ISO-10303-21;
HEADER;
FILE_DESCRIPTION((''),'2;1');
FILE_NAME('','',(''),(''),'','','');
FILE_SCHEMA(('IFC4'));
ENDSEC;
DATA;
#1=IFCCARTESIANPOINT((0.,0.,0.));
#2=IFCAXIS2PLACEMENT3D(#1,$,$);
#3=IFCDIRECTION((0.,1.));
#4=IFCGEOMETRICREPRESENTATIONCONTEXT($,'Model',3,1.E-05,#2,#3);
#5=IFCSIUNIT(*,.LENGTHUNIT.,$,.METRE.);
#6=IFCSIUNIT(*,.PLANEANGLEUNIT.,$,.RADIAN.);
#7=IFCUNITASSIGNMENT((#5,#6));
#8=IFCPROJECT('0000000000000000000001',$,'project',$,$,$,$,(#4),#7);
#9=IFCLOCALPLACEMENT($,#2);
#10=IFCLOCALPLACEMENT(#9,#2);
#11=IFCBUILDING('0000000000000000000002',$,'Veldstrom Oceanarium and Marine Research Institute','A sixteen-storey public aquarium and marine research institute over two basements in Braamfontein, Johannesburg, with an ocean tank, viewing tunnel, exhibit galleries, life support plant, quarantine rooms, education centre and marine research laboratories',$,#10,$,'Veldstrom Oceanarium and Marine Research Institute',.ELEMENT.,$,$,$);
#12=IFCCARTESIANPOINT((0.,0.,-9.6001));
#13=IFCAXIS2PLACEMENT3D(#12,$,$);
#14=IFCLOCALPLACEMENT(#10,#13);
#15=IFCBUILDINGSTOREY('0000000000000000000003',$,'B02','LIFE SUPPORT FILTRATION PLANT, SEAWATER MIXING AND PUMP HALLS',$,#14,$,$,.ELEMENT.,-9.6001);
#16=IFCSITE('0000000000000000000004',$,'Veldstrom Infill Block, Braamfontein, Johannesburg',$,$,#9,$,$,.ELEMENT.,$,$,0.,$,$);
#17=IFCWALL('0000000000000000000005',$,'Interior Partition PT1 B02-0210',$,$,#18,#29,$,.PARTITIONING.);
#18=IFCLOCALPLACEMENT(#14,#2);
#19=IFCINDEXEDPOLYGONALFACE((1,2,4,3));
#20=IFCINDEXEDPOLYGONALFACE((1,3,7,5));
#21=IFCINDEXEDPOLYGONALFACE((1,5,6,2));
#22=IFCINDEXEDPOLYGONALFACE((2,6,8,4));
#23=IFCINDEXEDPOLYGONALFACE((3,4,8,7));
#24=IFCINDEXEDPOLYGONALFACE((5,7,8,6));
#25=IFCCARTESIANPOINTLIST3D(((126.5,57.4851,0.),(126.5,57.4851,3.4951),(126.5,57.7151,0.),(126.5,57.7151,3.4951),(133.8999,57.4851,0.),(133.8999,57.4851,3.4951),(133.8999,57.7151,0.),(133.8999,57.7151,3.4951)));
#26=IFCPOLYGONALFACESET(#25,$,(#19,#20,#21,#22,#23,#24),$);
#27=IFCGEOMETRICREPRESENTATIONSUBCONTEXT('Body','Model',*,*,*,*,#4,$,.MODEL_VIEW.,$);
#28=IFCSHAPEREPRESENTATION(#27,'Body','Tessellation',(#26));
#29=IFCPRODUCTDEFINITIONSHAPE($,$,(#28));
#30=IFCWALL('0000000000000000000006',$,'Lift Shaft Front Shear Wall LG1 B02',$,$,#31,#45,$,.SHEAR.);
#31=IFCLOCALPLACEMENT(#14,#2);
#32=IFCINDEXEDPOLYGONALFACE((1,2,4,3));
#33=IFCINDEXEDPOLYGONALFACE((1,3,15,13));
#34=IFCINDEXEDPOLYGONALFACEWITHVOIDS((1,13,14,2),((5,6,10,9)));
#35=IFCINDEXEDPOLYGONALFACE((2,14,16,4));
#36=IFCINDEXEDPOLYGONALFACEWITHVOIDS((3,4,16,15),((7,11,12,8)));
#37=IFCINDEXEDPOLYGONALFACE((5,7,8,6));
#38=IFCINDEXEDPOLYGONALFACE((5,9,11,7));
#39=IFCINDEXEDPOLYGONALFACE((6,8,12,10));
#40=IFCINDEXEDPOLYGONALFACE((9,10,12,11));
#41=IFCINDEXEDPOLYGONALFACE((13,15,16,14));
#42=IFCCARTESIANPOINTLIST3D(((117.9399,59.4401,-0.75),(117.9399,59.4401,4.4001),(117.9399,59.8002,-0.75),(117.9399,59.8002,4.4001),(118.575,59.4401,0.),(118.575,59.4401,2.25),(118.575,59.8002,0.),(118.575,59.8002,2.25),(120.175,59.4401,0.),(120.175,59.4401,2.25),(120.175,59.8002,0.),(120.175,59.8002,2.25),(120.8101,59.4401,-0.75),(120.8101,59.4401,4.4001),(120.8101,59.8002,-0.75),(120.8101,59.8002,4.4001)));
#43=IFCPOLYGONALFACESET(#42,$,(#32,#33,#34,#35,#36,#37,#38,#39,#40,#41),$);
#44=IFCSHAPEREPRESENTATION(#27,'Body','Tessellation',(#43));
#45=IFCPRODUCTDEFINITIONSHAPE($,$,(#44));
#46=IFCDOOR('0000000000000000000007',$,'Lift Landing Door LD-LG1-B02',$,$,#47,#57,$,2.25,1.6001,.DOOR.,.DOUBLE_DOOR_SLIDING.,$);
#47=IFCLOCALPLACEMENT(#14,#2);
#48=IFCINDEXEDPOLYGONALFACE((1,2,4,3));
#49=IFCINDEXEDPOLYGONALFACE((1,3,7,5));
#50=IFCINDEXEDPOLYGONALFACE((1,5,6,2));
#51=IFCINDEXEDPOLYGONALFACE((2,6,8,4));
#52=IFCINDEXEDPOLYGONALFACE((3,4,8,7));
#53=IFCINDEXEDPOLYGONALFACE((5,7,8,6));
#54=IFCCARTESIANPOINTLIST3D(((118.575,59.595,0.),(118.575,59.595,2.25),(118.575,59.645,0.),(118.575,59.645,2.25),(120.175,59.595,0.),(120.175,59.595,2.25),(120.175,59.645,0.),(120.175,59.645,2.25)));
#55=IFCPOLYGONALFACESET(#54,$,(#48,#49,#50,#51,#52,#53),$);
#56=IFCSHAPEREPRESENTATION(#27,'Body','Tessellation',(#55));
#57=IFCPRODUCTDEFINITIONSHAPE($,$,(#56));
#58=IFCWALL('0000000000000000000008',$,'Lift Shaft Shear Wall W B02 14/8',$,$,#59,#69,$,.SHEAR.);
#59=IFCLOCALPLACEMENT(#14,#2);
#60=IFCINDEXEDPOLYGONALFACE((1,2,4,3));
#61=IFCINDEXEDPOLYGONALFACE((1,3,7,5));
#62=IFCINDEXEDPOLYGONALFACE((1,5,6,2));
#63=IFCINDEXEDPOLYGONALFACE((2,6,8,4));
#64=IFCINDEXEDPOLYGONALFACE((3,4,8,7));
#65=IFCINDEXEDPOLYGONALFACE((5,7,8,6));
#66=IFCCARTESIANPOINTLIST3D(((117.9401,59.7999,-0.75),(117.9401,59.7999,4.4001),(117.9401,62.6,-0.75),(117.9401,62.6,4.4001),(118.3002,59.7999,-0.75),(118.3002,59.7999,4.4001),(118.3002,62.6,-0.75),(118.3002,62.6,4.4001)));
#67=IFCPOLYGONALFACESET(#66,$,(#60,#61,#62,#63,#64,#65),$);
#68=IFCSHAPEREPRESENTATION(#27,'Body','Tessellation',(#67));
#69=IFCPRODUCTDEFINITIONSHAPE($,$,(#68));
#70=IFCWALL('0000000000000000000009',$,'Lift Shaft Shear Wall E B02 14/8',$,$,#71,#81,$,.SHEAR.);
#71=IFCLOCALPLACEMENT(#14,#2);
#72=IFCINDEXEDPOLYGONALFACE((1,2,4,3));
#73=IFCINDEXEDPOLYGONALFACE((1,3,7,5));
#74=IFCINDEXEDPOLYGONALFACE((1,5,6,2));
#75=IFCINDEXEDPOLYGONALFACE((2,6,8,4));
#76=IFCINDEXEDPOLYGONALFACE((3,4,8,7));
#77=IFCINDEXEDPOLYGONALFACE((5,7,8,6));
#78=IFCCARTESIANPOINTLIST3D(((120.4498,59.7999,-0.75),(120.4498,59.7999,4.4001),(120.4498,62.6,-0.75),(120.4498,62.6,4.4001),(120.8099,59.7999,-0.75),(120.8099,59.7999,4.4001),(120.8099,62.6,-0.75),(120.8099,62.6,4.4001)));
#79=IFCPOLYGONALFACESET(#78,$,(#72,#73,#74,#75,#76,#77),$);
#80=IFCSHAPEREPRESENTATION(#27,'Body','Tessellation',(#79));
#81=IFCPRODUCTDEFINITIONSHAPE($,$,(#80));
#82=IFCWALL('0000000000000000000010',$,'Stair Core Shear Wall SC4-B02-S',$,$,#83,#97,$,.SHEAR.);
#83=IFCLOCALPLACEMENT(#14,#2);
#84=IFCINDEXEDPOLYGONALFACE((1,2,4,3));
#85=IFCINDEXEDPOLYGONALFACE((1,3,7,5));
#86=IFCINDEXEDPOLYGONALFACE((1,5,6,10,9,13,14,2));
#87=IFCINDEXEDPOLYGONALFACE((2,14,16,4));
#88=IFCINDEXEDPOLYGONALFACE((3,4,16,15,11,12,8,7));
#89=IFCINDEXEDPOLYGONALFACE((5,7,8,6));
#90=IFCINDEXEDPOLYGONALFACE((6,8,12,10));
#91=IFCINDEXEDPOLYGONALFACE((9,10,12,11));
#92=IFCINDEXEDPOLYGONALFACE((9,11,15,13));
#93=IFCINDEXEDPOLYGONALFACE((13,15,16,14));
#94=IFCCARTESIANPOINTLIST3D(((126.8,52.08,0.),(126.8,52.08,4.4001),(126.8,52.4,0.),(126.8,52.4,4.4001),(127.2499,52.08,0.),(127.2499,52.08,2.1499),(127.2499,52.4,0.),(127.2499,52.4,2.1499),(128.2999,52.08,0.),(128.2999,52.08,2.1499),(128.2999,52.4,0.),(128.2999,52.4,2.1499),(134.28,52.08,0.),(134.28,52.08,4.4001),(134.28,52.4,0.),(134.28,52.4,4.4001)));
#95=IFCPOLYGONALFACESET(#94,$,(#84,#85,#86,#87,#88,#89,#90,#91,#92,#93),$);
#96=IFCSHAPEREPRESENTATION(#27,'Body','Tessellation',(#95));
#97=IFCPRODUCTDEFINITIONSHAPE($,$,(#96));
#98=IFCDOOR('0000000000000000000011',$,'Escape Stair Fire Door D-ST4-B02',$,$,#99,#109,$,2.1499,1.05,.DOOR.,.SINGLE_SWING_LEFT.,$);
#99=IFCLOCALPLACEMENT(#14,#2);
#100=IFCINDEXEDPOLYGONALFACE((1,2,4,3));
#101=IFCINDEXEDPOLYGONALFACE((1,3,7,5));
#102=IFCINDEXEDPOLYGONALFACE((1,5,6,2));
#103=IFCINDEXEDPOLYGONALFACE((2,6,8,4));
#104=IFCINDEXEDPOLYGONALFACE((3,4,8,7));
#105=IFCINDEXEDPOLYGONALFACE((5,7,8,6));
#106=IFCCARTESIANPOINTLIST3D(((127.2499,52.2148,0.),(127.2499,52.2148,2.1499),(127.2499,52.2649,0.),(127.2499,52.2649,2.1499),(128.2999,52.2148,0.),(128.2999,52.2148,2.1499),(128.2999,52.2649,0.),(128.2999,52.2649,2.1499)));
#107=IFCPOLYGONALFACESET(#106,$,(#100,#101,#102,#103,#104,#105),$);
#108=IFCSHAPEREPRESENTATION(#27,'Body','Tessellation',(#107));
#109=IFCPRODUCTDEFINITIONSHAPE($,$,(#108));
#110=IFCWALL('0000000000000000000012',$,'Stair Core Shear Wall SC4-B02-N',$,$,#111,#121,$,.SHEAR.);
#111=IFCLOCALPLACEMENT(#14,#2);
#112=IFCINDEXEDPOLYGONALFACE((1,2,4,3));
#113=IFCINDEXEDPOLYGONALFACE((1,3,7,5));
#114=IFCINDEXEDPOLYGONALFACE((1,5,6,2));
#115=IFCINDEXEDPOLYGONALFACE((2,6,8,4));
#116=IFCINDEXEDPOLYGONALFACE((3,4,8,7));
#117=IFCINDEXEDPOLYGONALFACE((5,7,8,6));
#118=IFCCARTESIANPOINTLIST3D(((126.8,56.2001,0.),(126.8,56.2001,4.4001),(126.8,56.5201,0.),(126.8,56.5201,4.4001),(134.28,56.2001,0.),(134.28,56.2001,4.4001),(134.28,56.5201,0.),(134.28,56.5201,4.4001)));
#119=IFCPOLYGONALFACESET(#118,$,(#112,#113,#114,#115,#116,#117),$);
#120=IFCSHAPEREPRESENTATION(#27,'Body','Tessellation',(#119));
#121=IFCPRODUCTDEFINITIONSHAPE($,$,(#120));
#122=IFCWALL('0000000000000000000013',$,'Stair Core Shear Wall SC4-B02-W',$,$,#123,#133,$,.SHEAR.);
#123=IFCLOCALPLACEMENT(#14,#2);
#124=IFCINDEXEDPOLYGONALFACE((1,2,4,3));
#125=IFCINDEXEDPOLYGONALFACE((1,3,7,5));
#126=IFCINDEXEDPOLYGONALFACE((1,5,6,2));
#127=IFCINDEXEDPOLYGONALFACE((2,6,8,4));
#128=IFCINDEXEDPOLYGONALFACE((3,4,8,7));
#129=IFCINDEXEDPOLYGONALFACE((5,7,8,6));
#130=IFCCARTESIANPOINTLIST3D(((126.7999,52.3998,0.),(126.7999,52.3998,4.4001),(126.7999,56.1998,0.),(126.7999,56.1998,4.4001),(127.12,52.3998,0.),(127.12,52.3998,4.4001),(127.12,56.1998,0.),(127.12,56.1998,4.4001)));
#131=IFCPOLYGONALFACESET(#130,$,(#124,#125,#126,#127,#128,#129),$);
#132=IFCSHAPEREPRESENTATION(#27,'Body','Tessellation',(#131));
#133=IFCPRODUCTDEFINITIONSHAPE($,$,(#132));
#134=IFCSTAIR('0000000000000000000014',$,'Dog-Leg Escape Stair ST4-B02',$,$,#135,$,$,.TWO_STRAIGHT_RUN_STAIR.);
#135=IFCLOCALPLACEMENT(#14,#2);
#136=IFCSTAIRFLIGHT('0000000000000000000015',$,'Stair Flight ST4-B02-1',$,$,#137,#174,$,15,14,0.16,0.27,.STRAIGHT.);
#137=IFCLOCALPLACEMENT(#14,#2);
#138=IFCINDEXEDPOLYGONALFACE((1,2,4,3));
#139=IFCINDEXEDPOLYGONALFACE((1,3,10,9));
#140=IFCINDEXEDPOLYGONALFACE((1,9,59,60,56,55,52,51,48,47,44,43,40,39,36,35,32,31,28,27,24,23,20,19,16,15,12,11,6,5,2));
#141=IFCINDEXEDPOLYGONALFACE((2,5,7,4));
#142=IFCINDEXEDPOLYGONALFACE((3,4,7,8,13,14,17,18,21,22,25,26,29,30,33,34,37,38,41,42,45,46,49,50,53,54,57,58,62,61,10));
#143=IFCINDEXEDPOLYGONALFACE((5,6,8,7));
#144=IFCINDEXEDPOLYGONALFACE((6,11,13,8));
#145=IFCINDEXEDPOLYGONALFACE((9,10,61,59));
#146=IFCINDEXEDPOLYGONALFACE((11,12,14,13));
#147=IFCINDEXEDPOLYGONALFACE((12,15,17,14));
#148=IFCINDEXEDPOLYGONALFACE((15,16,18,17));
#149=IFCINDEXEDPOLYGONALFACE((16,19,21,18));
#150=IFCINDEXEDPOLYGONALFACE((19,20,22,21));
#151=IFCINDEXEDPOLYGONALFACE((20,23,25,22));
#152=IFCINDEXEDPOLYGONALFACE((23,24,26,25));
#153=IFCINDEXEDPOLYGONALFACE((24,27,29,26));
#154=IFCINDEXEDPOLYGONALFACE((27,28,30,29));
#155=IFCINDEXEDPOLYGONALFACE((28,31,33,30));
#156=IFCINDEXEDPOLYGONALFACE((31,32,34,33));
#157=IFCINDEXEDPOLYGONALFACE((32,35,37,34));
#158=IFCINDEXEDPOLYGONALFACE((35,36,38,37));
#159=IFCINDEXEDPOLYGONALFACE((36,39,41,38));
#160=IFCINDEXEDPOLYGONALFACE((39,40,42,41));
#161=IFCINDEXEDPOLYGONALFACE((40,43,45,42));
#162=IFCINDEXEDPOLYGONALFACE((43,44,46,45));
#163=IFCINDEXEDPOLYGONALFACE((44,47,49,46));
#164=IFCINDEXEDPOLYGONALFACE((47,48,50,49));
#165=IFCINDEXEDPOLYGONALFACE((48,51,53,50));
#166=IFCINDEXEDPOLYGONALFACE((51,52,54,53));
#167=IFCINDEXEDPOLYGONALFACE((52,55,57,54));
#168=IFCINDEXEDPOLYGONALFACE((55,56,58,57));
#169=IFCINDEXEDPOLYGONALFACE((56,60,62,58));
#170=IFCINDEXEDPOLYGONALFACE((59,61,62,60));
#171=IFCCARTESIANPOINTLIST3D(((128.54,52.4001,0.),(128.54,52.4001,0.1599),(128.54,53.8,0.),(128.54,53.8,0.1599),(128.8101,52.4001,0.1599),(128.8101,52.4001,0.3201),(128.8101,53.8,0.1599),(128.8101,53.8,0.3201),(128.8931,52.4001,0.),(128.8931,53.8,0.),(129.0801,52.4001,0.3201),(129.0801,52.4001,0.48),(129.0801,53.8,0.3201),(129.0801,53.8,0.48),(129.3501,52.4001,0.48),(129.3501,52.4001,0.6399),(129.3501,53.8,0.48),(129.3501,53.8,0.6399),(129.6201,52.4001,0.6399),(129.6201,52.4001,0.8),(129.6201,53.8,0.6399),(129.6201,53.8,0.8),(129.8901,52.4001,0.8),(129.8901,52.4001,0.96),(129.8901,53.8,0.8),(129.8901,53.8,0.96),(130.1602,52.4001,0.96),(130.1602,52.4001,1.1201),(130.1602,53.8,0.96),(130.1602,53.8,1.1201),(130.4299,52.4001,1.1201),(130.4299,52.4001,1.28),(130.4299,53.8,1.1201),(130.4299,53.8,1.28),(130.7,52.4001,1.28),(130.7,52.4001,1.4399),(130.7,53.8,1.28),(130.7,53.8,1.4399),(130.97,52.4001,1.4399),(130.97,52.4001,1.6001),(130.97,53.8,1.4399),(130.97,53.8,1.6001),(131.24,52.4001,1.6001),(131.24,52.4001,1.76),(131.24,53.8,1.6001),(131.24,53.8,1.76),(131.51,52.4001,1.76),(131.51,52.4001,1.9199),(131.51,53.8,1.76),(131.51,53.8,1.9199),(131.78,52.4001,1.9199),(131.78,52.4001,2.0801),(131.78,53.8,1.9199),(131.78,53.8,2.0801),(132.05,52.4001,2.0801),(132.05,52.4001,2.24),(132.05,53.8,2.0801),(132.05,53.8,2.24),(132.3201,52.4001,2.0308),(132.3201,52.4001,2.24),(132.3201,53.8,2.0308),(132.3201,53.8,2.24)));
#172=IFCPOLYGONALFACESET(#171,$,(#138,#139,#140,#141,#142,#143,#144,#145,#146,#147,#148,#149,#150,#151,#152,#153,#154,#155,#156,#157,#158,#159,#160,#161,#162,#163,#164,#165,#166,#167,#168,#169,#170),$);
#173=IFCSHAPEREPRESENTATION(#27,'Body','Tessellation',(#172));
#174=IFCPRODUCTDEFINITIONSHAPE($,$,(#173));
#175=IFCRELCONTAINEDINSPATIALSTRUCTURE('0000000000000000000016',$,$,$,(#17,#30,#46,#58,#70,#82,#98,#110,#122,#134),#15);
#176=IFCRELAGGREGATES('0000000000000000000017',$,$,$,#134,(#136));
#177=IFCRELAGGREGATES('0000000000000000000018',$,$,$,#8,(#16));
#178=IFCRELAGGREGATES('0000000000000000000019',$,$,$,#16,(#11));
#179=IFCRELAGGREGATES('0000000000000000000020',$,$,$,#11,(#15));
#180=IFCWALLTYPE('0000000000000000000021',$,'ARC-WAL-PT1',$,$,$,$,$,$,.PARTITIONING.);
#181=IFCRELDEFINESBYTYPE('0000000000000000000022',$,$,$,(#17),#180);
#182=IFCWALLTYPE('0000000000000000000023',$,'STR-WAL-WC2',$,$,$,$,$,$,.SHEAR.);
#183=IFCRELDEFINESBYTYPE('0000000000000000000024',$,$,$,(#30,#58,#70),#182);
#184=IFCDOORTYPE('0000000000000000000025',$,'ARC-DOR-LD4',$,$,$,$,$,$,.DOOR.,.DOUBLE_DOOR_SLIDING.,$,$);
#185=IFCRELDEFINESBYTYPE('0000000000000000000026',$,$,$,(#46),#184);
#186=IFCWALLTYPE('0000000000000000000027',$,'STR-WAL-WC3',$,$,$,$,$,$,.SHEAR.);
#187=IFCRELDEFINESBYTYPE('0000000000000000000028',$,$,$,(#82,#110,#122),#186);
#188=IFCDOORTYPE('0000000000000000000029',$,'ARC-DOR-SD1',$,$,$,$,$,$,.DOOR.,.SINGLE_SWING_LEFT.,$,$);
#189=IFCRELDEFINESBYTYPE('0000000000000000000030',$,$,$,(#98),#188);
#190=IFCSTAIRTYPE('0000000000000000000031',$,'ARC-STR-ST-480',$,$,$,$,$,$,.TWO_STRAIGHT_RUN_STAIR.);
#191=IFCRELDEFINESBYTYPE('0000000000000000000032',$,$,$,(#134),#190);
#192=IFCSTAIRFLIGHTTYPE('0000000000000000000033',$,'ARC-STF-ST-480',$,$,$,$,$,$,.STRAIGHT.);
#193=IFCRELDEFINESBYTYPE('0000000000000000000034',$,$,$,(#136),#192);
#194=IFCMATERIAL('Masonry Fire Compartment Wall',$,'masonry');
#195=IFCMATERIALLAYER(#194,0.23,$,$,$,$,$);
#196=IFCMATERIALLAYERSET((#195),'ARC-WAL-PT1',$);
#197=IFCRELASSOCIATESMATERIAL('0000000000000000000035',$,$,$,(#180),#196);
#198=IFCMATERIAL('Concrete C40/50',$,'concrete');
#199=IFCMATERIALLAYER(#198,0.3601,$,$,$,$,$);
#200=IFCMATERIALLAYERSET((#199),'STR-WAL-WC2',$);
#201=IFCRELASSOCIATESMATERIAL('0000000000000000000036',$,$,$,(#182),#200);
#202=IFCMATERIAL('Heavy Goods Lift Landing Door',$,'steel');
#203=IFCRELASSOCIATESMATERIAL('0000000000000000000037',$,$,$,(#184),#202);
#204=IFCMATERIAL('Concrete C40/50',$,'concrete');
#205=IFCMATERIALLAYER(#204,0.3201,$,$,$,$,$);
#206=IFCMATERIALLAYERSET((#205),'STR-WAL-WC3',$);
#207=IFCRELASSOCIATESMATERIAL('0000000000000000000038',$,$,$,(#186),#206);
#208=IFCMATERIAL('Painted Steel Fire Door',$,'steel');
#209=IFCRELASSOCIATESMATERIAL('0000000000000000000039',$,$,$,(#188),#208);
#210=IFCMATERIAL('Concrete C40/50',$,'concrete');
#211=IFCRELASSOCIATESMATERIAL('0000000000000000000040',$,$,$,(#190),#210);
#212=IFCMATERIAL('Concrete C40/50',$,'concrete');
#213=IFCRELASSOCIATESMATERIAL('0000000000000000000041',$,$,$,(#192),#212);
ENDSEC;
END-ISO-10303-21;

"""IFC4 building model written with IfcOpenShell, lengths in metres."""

from ifc_helpers import new_model, si_unit, direction, frame, frame_2d, origin, place, context, subcontext, project, spatial, polyline, rectangle, outline, extrude, material, layer, layer_set, type_object, element, fill, aggregate, save


model = new_model("IFC4")

# Units and contexts
model_context = context("Model", 3, precision=1e-05, world=origin(), true_north=direction((0.0, 1.0)))
body_context = subcontext(model_context, "Body", "Model", "MODEL_VIEW")
ifc_project = project(units=[si_unit("LENGTHUNIT", "METRE"), si_unit("PLANEANGLEUNIT", "RADIAN")], contexts=[model_context])

# Site, building, storey
site_placement = place(None, origin())
site = spatial("IfcSite", under=ifc_project, at=site_placement, Name="Veldstrom Infill Block, Braamfontein, Johannesburg", CompositionType="ELEMENT", RefElevation=0.0)
building_placement = place(site_placement, origin())
building = spatial("IfcBuilding", under=site, at=building_placement, Name="Veldstrom Oceanarium and Marine Research Institute", Description="A sixteen-storey public aquarium and marine research institute over two basements in Braamfontein, Johannesburg, with an ocean tank, viewing tunnel, exhibit galleries, life support plant, quarantine rooms, education centre and marine research laboratories", LongName="Veldstrom Oceanarium and Marine Research Institute", CompositionType="ELEMENT")
storey_placement = place(building_placement, frame((0.0, 0.0, -9.6001)))
storey = spatial("IfcBuildingStorey", under=building, at=storey_placement, Name="B02", Description="LIFE SUPPORT FILTRATION PLANT, SEAWATER MIXING AND PUMP HALLS", CompositionType="ELEMENT", Elevation=-9.6001)

# Shared definitions
ifc_material_1 = material(Name="Masonry Fire Compartment Wall", Category="masonry")
ifc_layer_1 = layer(ifc_material_1, 0.23)
ifc_layer_set_1 = layer_set([ifc_layer_1], Name="ARC-WAL-PT1")
wall_type_1 = type_object("IfcWallType", Name="ARC-WAL-PT1", PredefinedType="PARTITIONING", material=ifc_layer_set_1)

# Wall
wall_1_placement = place(storey_placement, frame((126.5, 57.6001, 0.0), z_axis=(0.0, 0.0, 1.0), x_axis=(1.0, 0.0, 0.0)))
element("IfcWall", 1, at=wall_1_placement, inside=storey, type_object=wall_type_1, Name="Interior Partition PT1 B02-0210", PredefinedType="PARTITIONING", context=body_context, shape_type="SweptSolid", body=[
    extrude(rectangle(XDim=7.3999, YDim=0.23, at=frame_2d((3.7, 0.0))), origin(), (0.0, 0.0, 1.0), 3.4951),
])

# Wall, opening, door
ifc_material_2 = material(Name="Concrete C40/50", Category="concrete")
ifc_layer_2 = layer(ifc_material_2, 0.3601)
ifc_layer_set_2 = layer_set([ifc_layer_2], Name="STR-WAL-WC2")
wall_type_2 = type_object("IfcWallType", Name="STR-WAL-WC2", PredefinedType="SHEAR", material=ifc_layer_set_2)
wall_2_placement = place(storey_placement, frame((117.9399, 59.6201, -0.75), z_axis=(0.0, 0.0, 1.0), x_axis=(1.0, 0.0, 0.0)))
wall_2 = element("IfcWall", 2, at=wall_2_placement, inside=storey, type_object=wall_type_2, Name="Lift Shaft Front Shear Wall LG1 B02", PredefinedType="SHEAR", context=body_context, shape_type="SweptSolid", body=[
    extrude(rectangle(XDim=2.8701, YDim=0.3601, at=frame_2d((1.4351, 0.0))), origin(), (0.0, 0.0, 1.0), 5.1501),
])
opening_1_placement = place(wall_2_placement, frame((0.635, 0.0, 0.75)))
opening_1 = element("IfcOpeningElement", 3, at=opening_1_placement, cuts=wall_2, PredefinedType="OPENING", context=body_context, shape_type="SweptSolid", body=[
    extrude(rectangle(XDim=1.6001, YDim=2.25, at=frame_2d((0.8, 1.125))), frame((0.0, 0.1899, 0.0), z_axis=(0.0, -1.0, 0.0), x_axis=(1.0, 0.0, 0.0)), (0.0, 0.0, 1.0), 0.3801),
])
ifc_material_3 = material(Name="Heavy Goods Lift Landing Door", Category="steel")
door_type_1 = type_object("IfcDoorType", Name="ARC-DOR-LD4", OperationType="DOUBLE_DOOR_SLIDING", PredefinedType="DOOR", material=ifc_material_3)
door_1_placement = place(opening_1_placement, origin())
door_1 = element("IfcDoor", 4, at=door_1_placement, inside=storey, type_object=door_type_1, Name="Lift Landing Door LD-LG1-B02", OperationType="DOUBLE_DOOR_SLIDING", OverallHeight=2.25, OverallWidth=1.6001, PredefinedType="DOOR", context=body_context, shape_type="SweptSolid", body=[
    extrude(rectangle(XDim=1.6001, YDim=2.25, at=frame_2d((0.8, 1.125))), frame((0.0, 0.0249, 0.0), z_axis=(0.0, -1.0, 0.0), x_axis=(1.0, 0.0, 0.0)), (0.0, 0.0, 1.0), 0.05),
])
fill(opening_1, door_1)

# Walls
for number, where, z_axis, x_axis, name in (
    (5, (118.1201, 59.8, -0.75), (0.0, 0.0, 1.0), (0.0, 1.0, 0.0), "Lift Shaft Shear Wall W B02 14/8"),
    (6, (120.6299, 59.8, -0.75), (0.0, 0.0, 1.0), (0.0, 1.0, 0.0), "Lift Shaft Shear Wall E B02 14/8"),
):
    element("IfcWall", number, at=place(storey_placement, frame(where, z_axis=z_axis, x_axis=x_axis)), inside=storey, type_object=wall_type_2, Name=name, PredefinedType="SHEAR", context=body_context, shape_type="SweptSolid", body=[
        extrude(rectangle(XDim=2.8, YDim=0.3601, at=frame_2d((1.3999, 0.0))), origin(), (0.0, 0.0, 1.0), 5.1501),
    ])

# Wall, opening, door
ifc_material_4 = material(Name="Concrete C40/50", Category="concrete")
ifc_layer_3 = layer(ifc_material_4, 0.3201)
ifc_layer_set_3 = layer_set([ifc_layer_3], Name="STR-WAL-WC3")
wall_type_3 = type_object("IfcWallType", Name="STR-WAL-WC3", PredefinedType="SHEAR", material=ifc_layer_set_3)
wall_3_placement = place(storey_placement, frame((126.8, 52.24, 0.0), z_axis=(0.0, 0.0, 1.0), x_axis=(1.0, 0.0, 0.0)))
wall_3 = element("IfcWall", 7, at=wall_3_placement, inside=storey, type_object=wall_type_3, Name="Stair Core Shear Wall SC4-B02-S", PredefinedType="SHEAR", context=body_context, shape_type="SweptSolid", body=[
    extrude(rectangle(XDim=7.48, YDim=0.3201, at=frame_2d((3.74, 0.0))), origin(), (0.0, 0.0, 1.0), 4.4001),
])
opening_2_placement = place(wall_3_placement, frame((0.45, 0.0, 0.0)))
opening_2 = element("IfcOpeningElement", 8, at=opening_2_placement, cuts=wall_3, PredefinedType="OPENING", context=body_context, shape_type="SweptSolid", body=[
    extrude(rectangle(XDim=1.05, YDim=2.1499, at=frame_2d((0.5249, 1.075))), frame((0.0, 0.1699, 0.0), z_axis=(0.0, -1.0, 0.0), x_axis=(1.0, 0.0, 0.0)), (0.0, 0.0, 1.0), 0.3401),
])
ifc_material_5 = material(Name="Painted Steel Fire Door", Category="steel")
door_type_2 = type_object("IfcDoorType", Name="ARC-DOR-SD1", OperationType="SINGLE_SWING_LEFT", PredefinedType="DOOR", material=ifc_material_5)
door_2_placement = place(opening_2_placement, origin())
door_2 = element("IfcDoor", 9, at=door_2_placement, inside=storey, type_object=door_type_2, Name="Escape Stair Fire Door D-ST4-B02", OperationType="SINGLE_SWING_LEFT", OverallHeight=2.1499, OverallWidth=1.05, PredefinedType="DOOR", context=body_context, shape_type="SweptSolid", body=[
    extrude(rectangle(XDim=1.05, YDim=2.1499, at=frame_2d((0.5249, 1.075))), frame((0.0, 0.0249, 0.0), z_axis=(0.0, -1.0, 0.0), x_axis=(1.0, 0.0, 0.0)), (0.0, 0.0, 1.0), 0.05),
])
fill(opening_2, door_2)

# Walls
wall_4_placement = place(storey_placement, frame((126.8, 56.3601, 0.0), z_axis=(0.0, 0.0, 1.0), x_axis=(1.0, 0.0, 0.0)))
element("IfcWall", 10, at=wall_4_placement, inside=storey, type_object=wall_type_3, Name="Stair Core Shear Wall SC4-B02-N", PredefinedType="SHEAR", context=body_context, shape_type="SweptSolid", body=[
    extrude(rectangle(XDim=7.48, YDim=0.3201, at=frame_2d((3.74, 0.0))), origin(), (0.0, 0.0, 1.0), 4.4001),
])
wall_5_placement = place(storey_placement, frame((126.96, 52.3999, 0.0), z_axis=(0.0, 0.0, 1.0), x_axis=(0.0, 1.0, 0.0)))
element("IfcWall", 11, at=wall_5_placement, inside=storey, type_object=wall_type_3, Name="Stair Core Shear Wall SC4-B02-W", PredefinedType="SHEAR", context=body_context, shape_type="SweptSolid", body=[
    extrude(rectangle(XDim=3.8, YDim=0.3201, at=frame_2d((1.8999, 0.0))), origin(), (0.0, 0.0, 1.0), 4.4001),
])

# Stair, stair flight
ifc_material_6 = material(Name="Concrete C40/50", Category="concrete")
stair_type = type_object("IfcStairType", Name="ARC-STR-ST-480", PredefinedType="TWO_STRAIGHT_RUN_STAIR", material=ifc_material_6)
stair_placement = place(storey_placement, origin())
stair = element("IfcStair", 12, at=stair_placement, inside=storey, type_object=stair_type, Name="Dog-Leg Escape Stair ST4-B02", PredefinedType="TWO_STRAIGHT_RUN_STAIR")
ifc_material_7 = material(Name="Concrete C40/50", Category="concrete")
stair_flight_type = type_object("IfcStairFlightType", Name="ARC-STF-ST-480", PredefinedType="STRAIGHT", material=ifc_material_7)
stair_flight_placement = place(storey_placement, frame((128.54, 53.1001, 0.0), z_axis=(0.0, 0.0, 1.0), x_axis=(1.0, 0.0, 0.0)))
stair_flight = element("IfcStairFlight", 13, at=stair_flight_placement, type_object=stair_flight_type, Name="Stair Flight ST4-B02-1", NumberOfRisers=15, NumberOfTreads=14, PredefinedType="STRAIGHT", RiserHeight=0.16, TreadLength=0.27, context=body_context, shape_type="SweptSolid", body=[
    extrude(outline(polyline([(0.0, 0.0), (0.0, 0.1599), (0.27, 0.1599), (0.27, 0.3201), (0.54, 0.3201), (0.54, 0.48), (0.8101, 0.48), (0.8101, 0.6399), (1.0801, 0.6399), (1.0801, 0.8), (1.3501, 0.8), (1.3501, 0.96), (1.6201, 0.96), (1.6201, 1.1201), (1.8899, 1.1201), (1.8899, 1.28), (2.1599, 1.28), (2.1599, 1.4399), (2.4299, 1.4399), (2.4299, 1.6001), (2.7, 1.6001), (2.7, 1.76), (2.97, 1.76), (2.97, 1.9199), (3.24, 1.9199), (3.24, 2.0801), (3.51, 2.0801), (3.51, 2.24), (3.78, 2.24), (3.78, 2.3999), (3.78, 2.0308), (0.353, 0.0), (0.0, 0.0)])), frame((0.0, 0.7, 0.0), z_axis=(0.0, -1.0, 0.0), x_axis=(1.0, 0.0, 0.0)), (0.0, 0.0, 1.0), 1.3999),
])
aggregate(stair, [stair_flight])

save(model, "model.ifc")
